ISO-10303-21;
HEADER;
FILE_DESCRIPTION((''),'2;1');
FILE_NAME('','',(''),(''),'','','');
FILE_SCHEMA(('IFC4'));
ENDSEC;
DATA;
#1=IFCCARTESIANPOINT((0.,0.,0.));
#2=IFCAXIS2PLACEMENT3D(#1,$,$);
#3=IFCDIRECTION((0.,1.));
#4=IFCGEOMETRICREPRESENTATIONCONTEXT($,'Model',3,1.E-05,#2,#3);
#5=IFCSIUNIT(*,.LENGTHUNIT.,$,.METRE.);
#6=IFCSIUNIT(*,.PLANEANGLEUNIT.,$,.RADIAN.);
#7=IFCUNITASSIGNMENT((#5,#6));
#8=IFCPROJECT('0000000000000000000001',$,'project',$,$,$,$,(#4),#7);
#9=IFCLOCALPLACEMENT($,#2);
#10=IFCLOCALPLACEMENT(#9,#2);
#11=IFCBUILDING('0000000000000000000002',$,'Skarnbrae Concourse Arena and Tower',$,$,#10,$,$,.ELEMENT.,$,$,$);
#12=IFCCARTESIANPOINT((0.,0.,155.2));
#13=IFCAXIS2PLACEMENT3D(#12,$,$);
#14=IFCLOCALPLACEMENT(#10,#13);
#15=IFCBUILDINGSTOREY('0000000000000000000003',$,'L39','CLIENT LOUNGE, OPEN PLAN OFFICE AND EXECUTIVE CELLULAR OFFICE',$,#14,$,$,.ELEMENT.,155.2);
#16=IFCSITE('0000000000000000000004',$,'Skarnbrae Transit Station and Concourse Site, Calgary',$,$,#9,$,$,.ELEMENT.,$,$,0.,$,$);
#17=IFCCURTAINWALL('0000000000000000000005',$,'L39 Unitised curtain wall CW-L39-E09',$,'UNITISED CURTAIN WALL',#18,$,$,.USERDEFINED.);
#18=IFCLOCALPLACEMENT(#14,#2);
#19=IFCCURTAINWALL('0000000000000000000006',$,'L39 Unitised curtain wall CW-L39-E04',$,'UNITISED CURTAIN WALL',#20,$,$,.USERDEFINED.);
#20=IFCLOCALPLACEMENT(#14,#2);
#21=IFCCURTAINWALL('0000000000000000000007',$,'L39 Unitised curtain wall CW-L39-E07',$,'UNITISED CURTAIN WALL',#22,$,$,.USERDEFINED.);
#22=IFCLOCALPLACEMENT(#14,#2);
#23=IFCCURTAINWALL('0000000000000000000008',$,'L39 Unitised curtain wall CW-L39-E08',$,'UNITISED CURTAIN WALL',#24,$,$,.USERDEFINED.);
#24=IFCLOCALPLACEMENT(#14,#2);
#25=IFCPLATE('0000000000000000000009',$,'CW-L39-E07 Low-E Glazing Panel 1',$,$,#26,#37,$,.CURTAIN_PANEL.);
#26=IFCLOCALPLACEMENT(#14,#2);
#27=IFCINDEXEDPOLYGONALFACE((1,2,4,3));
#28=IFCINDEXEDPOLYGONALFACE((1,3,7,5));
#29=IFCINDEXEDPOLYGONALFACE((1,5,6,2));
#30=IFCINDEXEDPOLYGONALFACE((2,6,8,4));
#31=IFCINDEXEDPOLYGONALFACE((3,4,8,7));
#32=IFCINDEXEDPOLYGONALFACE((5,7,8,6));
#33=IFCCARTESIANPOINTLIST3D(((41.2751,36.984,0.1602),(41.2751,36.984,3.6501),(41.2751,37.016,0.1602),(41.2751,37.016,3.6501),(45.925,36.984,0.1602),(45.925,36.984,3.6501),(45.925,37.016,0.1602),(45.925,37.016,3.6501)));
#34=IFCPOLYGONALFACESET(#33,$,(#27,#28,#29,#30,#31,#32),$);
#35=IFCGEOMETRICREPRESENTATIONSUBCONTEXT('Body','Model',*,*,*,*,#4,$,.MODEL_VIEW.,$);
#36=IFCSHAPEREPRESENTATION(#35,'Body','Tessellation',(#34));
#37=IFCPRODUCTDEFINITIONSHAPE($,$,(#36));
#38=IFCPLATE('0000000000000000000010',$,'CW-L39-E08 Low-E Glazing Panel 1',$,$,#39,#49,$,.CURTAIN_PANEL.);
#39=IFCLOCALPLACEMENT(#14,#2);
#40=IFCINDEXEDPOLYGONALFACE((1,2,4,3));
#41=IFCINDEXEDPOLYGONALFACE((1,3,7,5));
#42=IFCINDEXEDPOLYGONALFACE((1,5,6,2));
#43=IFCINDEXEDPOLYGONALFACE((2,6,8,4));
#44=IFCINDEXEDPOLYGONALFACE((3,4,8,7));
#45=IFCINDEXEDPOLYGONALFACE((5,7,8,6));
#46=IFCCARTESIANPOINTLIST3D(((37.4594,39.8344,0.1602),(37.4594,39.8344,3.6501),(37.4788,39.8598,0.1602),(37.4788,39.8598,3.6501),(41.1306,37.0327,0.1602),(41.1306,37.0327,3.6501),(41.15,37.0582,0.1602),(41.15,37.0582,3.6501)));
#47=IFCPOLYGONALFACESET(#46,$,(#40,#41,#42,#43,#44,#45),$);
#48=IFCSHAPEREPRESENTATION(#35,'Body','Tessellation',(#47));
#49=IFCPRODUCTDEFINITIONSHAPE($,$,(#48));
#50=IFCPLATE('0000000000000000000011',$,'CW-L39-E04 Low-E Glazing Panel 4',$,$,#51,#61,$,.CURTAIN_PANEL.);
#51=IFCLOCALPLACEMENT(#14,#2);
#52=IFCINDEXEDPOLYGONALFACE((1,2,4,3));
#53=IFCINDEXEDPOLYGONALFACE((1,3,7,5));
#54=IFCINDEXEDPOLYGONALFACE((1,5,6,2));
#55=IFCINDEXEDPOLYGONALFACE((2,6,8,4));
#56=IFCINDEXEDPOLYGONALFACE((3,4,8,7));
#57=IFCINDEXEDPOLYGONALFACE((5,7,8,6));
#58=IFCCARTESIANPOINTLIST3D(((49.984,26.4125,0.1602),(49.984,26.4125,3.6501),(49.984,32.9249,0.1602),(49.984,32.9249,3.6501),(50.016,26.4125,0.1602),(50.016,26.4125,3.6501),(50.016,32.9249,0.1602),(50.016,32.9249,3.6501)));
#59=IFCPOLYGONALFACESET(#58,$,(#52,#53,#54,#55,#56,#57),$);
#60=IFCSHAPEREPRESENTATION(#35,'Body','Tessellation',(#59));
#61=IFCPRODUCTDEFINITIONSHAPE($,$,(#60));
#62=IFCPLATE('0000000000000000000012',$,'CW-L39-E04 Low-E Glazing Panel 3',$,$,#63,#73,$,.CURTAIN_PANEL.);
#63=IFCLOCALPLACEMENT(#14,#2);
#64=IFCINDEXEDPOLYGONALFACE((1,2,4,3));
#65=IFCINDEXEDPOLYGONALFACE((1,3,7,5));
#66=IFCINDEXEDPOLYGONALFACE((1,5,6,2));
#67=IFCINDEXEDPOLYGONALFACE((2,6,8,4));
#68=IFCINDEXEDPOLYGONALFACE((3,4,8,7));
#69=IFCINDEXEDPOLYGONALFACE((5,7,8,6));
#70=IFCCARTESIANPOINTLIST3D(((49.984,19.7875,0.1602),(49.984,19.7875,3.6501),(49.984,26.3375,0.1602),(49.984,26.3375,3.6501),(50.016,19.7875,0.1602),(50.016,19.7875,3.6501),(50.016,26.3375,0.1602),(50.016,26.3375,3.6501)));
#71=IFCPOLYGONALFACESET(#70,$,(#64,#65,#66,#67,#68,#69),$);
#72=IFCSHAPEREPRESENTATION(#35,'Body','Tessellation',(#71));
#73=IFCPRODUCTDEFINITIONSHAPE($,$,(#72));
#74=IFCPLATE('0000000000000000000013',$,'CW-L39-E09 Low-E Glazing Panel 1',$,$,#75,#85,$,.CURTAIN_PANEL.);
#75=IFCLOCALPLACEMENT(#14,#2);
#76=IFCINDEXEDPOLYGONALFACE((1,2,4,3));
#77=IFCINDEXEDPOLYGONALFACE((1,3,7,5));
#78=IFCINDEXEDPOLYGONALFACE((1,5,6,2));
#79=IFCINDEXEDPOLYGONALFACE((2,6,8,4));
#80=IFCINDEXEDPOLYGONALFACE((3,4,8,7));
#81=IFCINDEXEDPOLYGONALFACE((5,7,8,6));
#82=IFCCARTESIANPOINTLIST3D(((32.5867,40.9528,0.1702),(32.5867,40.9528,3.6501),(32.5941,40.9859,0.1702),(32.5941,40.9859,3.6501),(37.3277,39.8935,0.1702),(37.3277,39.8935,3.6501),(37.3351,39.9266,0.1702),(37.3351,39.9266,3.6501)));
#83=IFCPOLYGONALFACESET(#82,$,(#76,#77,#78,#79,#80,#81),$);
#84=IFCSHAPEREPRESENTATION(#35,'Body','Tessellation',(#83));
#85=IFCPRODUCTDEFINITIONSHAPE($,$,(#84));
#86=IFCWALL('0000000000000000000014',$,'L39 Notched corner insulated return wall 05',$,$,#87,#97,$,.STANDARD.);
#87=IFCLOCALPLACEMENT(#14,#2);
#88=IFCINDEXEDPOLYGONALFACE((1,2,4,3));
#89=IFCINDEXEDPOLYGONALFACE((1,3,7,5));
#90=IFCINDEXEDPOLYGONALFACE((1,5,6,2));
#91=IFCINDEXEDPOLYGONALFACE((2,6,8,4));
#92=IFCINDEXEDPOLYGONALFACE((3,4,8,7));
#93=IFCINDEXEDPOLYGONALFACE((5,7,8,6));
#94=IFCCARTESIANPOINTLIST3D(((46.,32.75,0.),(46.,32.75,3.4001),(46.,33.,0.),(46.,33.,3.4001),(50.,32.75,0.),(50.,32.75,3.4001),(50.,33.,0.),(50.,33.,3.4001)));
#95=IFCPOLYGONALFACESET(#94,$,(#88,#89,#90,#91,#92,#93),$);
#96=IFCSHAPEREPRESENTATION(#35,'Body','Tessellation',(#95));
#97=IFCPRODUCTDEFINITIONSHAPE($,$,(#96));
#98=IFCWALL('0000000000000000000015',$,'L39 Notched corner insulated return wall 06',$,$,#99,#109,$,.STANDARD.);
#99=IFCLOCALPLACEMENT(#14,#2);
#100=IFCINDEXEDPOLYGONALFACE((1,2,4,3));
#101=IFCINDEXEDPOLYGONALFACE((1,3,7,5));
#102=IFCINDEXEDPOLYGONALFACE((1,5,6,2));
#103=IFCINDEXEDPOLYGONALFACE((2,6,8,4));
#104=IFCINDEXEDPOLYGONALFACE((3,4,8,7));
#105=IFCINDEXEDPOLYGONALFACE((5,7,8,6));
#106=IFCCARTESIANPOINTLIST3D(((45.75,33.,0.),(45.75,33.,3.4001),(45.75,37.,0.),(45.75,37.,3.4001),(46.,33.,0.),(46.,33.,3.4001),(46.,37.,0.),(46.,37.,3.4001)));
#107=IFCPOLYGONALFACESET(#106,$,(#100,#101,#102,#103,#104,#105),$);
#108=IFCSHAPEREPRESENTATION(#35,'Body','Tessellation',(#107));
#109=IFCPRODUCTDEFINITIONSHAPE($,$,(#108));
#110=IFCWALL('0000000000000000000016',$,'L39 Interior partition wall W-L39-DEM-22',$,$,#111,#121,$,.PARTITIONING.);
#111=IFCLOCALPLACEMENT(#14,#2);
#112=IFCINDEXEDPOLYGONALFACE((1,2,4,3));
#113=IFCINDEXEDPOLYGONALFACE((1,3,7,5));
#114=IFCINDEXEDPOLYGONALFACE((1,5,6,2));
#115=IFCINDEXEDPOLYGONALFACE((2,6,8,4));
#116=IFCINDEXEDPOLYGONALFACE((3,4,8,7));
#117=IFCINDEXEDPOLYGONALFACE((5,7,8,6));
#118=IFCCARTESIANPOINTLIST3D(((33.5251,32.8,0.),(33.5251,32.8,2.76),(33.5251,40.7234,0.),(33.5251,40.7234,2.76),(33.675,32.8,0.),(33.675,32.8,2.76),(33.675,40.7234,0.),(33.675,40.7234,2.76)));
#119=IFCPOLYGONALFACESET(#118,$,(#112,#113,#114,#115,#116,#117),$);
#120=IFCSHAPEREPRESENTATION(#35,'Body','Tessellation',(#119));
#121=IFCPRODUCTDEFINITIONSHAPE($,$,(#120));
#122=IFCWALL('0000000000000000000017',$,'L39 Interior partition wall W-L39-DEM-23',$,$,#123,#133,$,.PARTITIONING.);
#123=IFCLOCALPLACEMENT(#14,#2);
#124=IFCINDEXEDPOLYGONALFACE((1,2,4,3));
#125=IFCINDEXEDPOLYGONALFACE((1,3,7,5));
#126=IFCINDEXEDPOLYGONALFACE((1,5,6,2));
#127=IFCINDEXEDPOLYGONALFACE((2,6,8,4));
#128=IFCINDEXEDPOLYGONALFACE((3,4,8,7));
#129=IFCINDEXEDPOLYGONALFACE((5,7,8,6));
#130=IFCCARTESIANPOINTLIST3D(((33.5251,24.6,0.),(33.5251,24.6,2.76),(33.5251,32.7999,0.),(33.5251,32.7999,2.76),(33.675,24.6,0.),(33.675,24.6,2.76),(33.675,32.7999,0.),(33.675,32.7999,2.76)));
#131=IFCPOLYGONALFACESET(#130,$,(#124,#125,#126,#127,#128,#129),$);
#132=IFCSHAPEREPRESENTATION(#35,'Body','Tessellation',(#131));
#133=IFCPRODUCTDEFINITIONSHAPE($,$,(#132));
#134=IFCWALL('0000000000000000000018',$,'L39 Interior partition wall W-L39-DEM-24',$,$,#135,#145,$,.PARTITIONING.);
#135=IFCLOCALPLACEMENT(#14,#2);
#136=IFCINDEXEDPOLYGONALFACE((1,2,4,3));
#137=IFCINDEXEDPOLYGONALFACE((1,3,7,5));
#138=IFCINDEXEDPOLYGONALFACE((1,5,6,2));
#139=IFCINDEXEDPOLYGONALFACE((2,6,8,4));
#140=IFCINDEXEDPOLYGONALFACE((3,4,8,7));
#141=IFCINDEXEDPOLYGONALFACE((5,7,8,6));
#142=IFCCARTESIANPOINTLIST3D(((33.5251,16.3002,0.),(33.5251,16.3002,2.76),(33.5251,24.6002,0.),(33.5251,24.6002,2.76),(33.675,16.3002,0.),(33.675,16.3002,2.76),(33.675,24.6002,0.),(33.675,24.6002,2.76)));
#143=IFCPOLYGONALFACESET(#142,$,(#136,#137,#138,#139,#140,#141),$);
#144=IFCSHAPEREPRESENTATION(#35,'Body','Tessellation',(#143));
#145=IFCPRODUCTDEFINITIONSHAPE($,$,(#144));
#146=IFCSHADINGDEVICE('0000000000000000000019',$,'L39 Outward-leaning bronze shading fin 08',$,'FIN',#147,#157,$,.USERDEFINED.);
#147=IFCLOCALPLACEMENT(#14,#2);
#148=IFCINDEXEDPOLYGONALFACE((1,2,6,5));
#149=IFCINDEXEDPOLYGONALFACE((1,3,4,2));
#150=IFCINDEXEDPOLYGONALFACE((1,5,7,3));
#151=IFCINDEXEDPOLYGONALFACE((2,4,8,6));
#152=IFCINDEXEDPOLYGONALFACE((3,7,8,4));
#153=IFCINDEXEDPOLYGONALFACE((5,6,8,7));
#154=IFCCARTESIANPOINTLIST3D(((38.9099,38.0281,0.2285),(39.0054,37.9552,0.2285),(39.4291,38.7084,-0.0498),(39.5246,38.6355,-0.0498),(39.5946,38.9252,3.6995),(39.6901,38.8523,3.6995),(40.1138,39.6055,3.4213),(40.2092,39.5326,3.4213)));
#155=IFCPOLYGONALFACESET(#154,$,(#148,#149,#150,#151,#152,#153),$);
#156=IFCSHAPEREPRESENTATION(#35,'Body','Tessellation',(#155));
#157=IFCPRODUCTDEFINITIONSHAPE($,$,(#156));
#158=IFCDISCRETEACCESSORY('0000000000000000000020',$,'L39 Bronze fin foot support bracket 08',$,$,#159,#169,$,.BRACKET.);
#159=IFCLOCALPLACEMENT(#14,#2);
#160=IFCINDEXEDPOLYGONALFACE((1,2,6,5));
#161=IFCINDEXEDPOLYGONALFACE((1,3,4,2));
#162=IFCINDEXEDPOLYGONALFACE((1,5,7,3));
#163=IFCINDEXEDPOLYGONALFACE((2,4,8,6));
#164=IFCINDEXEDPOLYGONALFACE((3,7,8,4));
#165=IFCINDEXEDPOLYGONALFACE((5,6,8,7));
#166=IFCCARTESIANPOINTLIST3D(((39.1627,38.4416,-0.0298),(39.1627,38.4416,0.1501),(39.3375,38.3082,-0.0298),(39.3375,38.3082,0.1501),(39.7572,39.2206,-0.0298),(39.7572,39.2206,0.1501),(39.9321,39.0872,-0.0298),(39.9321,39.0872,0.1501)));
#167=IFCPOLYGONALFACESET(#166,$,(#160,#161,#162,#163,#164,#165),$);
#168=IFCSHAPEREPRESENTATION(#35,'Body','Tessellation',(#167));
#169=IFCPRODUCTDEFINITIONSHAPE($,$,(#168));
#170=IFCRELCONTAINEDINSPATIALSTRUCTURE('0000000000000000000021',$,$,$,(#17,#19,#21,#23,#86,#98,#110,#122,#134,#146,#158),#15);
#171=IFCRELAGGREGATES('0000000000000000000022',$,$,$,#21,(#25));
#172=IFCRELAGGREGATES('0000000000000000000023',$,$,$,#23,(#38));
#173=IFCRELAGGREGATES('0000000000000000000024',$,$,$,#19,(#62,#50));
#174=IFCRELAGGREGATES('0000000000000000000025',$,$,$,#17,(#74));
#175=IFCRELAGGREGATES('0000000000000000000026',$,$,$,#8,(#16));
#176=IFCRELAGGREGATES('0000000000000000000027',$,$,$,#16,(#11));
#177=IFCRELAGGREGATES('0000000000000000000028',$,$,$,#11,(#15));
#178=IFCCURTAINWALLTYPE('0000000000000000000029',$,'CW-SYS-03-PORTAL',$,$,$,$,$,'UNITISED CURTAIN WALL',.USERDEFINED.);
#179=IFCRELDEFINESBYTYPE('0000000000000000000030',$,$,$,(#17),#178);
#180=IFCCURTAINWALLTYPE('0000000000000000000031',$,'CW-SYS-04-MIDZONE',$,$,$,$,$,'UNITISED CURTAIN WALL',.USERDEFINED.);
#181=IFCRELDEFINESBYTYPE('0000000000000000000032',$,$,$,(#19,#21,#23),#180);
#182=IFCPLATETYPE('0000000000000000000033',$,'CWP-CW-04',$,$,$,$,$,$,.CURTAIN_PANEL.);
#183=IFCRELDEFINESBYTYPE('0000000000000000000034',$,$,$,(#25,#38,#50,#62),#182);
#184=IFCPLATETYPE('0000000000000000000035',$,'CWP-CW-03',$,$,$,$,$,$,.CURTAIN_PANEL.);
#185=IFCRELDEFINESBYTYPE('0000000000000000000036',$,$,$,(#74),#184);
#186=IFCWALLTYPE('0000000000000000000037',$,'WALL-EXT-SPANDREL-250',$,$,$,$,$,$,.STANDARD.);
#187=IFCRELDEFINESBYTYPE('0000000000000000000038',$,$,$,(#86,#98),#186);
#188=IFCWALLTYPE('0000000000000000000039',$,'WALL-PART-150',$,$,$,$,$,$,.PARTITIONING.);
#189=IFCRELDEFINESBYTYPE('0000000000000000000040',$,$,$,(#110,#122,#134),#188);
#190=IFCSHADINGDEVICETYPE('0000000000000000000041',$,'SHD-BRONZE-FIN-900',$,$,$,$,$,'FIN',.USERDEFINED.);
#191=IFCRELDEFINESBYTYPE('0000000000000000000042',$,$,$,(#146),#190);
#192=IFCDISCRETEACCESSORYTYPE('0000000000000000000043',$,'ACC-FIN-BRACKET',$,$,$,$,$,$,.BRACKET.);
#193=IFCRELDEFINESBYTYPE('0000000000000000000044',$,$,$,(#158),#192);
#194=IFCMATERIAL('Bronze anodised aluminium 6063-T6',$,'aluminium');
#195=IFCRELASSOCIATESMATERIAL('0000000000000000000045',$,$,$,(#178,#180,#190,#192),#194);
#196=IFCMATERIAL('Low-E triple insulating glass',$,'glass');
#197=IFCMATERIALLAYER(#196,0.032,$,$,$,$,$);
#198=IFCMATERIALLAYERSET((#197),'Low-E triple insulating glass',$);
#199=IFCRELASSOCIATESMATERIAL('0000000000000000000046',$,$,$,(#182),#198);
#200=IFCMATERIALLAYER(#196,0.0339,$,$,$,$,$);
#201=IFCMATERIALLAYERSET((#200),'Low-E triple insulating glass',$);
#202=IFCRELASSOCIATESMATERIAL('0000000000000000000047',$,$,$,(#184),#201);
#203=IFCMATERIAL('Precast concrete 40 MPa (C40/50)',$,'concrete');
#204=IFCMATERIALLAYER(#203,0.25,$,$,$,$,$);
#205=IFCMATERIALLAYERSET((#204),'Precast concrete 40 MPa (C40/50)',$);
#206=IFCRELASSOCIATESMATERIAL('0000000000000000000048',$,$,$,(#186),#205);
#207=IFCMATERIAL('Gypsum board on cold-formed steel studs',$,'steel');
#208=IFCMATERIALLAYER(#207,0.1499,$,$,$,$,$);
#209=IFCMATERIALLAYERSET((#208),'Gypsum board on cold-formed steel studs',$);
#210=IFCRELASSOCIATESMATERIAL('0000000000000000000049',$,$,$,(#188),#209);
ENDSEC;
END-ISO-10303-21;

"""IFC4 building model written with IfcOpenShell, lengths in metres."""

from ifc_helpers import new_model, si_unit, direction, frame, frame_2d, origin, origin_2d, place, context, subcontext, project, spatial, rectangle, extrude, source, transform, mapped, material, layer, layer_set, type_object, element, aggregate, save


model = new_model("IFC4")

# Units and contexts
model_context = context("Model", 3, precision=1e-05, world=origin(), true_north=direction((0.0, 1.0)))
body_context = subcontext(model_context, "Body", "Model", "MODEL_VIEW")
ifc_project = project(units=[si_unit("LENGTHUNIT", "METRE"), si_unit("PLANEANGLEUNIT", "RADIAN")], contexts=[model_context])

# Site, building, storey
site_placement = place(None, origin())
site = spatial("IfcSite", under=ifc_project, at=site_placement, Name="Skarnbrae Transit Station and Concourse Site, Calgary", CompositionType="ELEMENT", RefElevation=0.0)
building_placement = place(site_placement, origin())
building = spatial("IfcBuilding", under=site, at=building_placement, Name="Skarnbrae Concourse Arena and Tower", CompositionType="ELEMENT")
storey_placement = place(building_placement, frame((0.0, 0.0, 155.2)))
storey = spatial("IfcBuildingStorey", under=building, at=storey_placement, Name="L39", Description="CLIENT LOUNGE, OPEN PLAN OFFICE AND EXECUTIVE CELLULAR OFFICE", CompositionType="ELEMENT", Elevation=155.2)

# Curtain wall
ifc_material_1 = material(Name="Bronze anodised aluminium 6063-T6", Category="aluminium")
curtain_wall_type_1 = type_object("IfcCurtainWallType", Name="CW-SYS-03-PORTAL", ElementType="UNITISED CURTAIN WALL", PredefinedType="USERDEFINED", material=ifc_material_1)
curtain_wall_1_placement = place(storey_placement, origin())
curtain_wall_1 = element("IfcCurtainWall", 1, at=curtain_wall_1_placement, inside=storey, type_object=curtain_wall_type_1, Name="L39 Unitised curtain wall CW-L39-E09", ObjectType="UNITISED CURTAIN WALL", PredefinedType="USERDEFINED")

# Curtain walls
curtain_wall_type_2 = type_object("IfcCurtainWallType", Name="CW-SYS-04-MIDZONE", ElementType="UNITISED CURTAIN WALL", PredefinedType="USERDEFINED", material=ifc_material_1)
curtain_wall_2_placement = place(storey_placement, origin())
curtain_wall_2 = element("IfcCurtainWall", 2, at=curtain_wall_2_placement, inside=storey, type_object=curtain_wall_type_2, Name="L39 Unitised curtain wall CW-L39-E04", ObjectType="UNITISED CURTAIN WALL", PredefinedType="USERDEFINED")
curtain_wall_3_placement = place(storey_placement, origin())
curtain_wall_3 = element("IfcCurtainWall", 3, at=curtain_wall_3_placement, inside=storey, type_object=curtain_wall_type_2, Name="L39 Unitised curtain wall CW-L39-E07", ObjectType="UNITISED CURTAIN WALL", PredefinedType="USERDEFINED")
curtain_wall_4_placement = place(storey_placement, origin())
curtain_wall_4 = element("IfcCurtainWall", 4, at=curtain_wall_4_placement, inside=storey, type_object=curtain_wall_type_2, Name="L39 Unitised curtain wall CW-L39-E08", ObjectType="UNITISED CURTAIN WALL", PredefinedType="USERDEFINED")

# Plates
ifc_material_2 = material(Name="Low-E triple insulating glass", Category="glass")
ifc_layer_1 = layer(ifc_material_2, 0.032)
ifc_layer_set_1 = layer_set([ifc_layer_1], Name="Low-E triple insulating glass")
plate_type_1 = type_object("IfcPlateType", Name="CWP-CW-04", PredefinedType="CURTAIN_PANEL", material=ifc_layer_set_1)
shared_shape_1 = source(origin(), body_context, "Body", "SweptSolid", [
    extrude(rectangle(XDim=4.6499, YDim=0.032, at=origin_2d()), origin(), (0.0, 0.0, 1.0), 3.49),
])
plate_1_placement = place(storey_placement, frame((43.6001, 37.0, 0.1602), z_axis=(0.0, 0.0, 1.0), x_axis=(-1.0, 0.0, 0.0)))
plate_1 = element("IfcPlate", 5, at=plate_1_placement, type_object=plate_type_1, Name="CW-L39-E07 Low-E Glazing Panel 1", PredefinedType="CURTAIN_PANEL", context=body_context, shape_type="MappedRepresentation", body=[
    mapped(shared_shape_1, transform((0.0, 0.0, 0.0))),
])
aggregate(curtain_wall_3, [plate_1])
shared_shape_2 = source(origin(), body_context, "Body", "SweptSolid", [
    extrude(rectangle(XDim=4.6182, YDim=0.032, at=origin_2d()), origin(), (0.0, 0.0, 1.0), 3.49),
])
plate_2_placement = place(storey_placement, frame((39.3047, 38.4463, 0.1602), z_axis=(0.0, 0.0, 1.0), x_axis=(-0.794956, 0.606667, 0.0)))
plate_2 = element("IfcPlate", 6, at=plate_2_placement, type_object=plate_type_1, Name="CW-L39-E08 Low-E Glazing Panel 1", PredefinedType="CURTAIN_PANEL", context=body_context, shape_type="MappedRepresentation", body=[
    mapped(shared_shape_2, transform((0.0, 0.0, 0.0))),
])
aggregate(curtain_wall_4, [plate_2])
shared_shape_3 = source(origin(), body_context, "Body", "SweptSolid", [
    extrude(rectangle(XDim=6.5125, YDim=0.032, at=origin_2d()), origin(), (0.0, 0.0, 1.0), 3.49),
])
plate_3_placement = place(storey_placement, frame((50.0, 29.6687, 0.1602), z_axis=(0.0, 0.0, 1.0), x_axis=(0.0, 1.0, 0.0)))
plate_3 = element("IfcPlate", 7, at=plate_3_placement, type_object=plate_type_1, Name="CW-L39-E04 Low-E Glazing Panel 4", PredefinedType="CURTAIN_PANEL", context=body_context, shape_type="MappedRepresentation", body=[
    mapped(shared_shape_3, transform((0.0, 0.0, 0.0))),
])
shared_shape_4 = source(origin(), body_context, "Body", "SweptSolid", [
    extrude(rectangle(XDim=6.55, YDim=0.032, at=origin_2d()), origin(), (0.0, 0.0, 1.0), 3.49),
])
plate_4_placement = place(storey_placement, frame((50.0, 23.0625, 0.1602), z_axis=(0.0, 0.0, 1.0), x_axis=(0.0, 1.0, 0.0)))
plate_4 = element("IfcPlate", 8, at=plate_4_placement, type_object=plate_type_1, Name="CW-L39-E04 Low-E Glazing Panel 3", PredefinedType="CURTAIN_PANEL", context=body_context, shape_type="MappedRepresentation", body=[
    mapped(shared_shape_4, transform((0.0, 0.0, 0.0))),
])
aggregate(curtain_wall_2, [plate_4, plate_3])
ifc_layer_2 = layer(ifc_material_2, 0.0339)
ifc_layer_set_2 = layer_set([ifc_layer_2], Name="Low-E triple insulating glass")
plate_type_2 = type_object("IfcPlateType", Name="CWP-CW-03", PredefinedType="CURTAIN_PANEL", material=ifc_layer_set_2)
shared_shape_5 = source(origin(), body_context, "Body", "SweptSolid", [
    extrude(rectangle(XDim=4.8579, YDim=0.0339, at=origin_2d()), origin(), (0.0, 0.0, 1.0), 3.48),
])
plate_5_placement = place(storey_placement, frame((34.9609, 40.4397, 0.1702), z_axis=(0.0, 0.0, 1.0), x_axis=(-0.975936, 0.218056, 0.0)))
plate_5 = element("IfcPlate", 9, at=plate_5_placement, type_object=plate_type_2, Name="CW-L39-E09 Low-E Glazing Panel 1", PredefinedType="CURTAIN_PANEL", context=body_context, shape_type="MappedRepresentation", body=[
    mapped(shared_shape_5, transform((0.0, 0.0, 0.0))),
])
aggregate(curtain_wall_1, [plate_5])

# Walls
ifc_material_3 = material(Name="Precast concrete 40 MPa (C40/50)", Category="concrete")
ifc_layer_3 = layer(ifc_material_3, 0.25)
ifc_layer_set_3 = layer_set([ifc_layer_3], Name="Precast concrete 40 MPa (C40/50)")
wall_type_1 = type_object("IfcWallType", Name="WALL-EXT-SPANDREL-250", PredefinedType="STANDARD", material=ifc_layer_set_3)
shared_shape_6 = source(origin(), body_context, "Body", "SweptSolid", [
    extrude(rectangle(XDim=4.0, YDim=0.25, at=frame_2d((2.0, 0.0))), origin(), (0.0, 0.0, 1.0), 3.4001),
])
for number, where, z_axis, x_axis, name in (
    (10, (50.0, 32.875, 0.0), (0.0, 0.0, 1.0), (-1.0, 0.0, 0.0), "L39 Notched corner insulated return wall 05"),
    (11, (45.875, 33.0, 0.0), (0.0, 0.0, 1.0), (0.0, 1.0, 0.0), "L39 Notched corner insulated return wall 06"),
):
    element("IfcWall", number, at=place(storey_placement, frame(where, z_axis=z_axis, x_axis=x_axis)), inside=storey, type_object=wall_type_1, Name=name, PredefinedType="STANDARD", context=body_context, shape_type="MappedRepresentation", body=[
        mapped(shared_shape_6, transform((0.0, 0.0, 0.0))),
    ])
ifc_material_4 = material(Name="Gypsum board on cold-formed steel studs", Category="steel")
ifc_layer_4 = layer(ifc_material_4, 0.1499)
ifc_layer_set_4 = layer_set([ifc_layer_4], Name="Gypsum board on cold-formed steel studs")
wall_type_2 = type_object("IfcWallType", Name="WALL-PART-150", PredefinedType="PARTITIONING", material=ifc_layer_set_4)
shared_shape_7 = source(origin(), body_context, "Body", "SweptSolid", [
    extrude(rectangle(XDim=7.9233, YDim=0.1499, at=frame_2d((3.9617, 0.0))), origin(), (0.0, 0.0, 1.0), 2.76),
])
wall_1_placement = place(storey_placement, frame((33.6001, 40.7234, 0.0), z_axis=(0.0, 0.0, 1.0), x_axis=(0.0, -1.0, 0.0)))
element("IfcWall", 12, at=wall_1_placement, inside=storey, type_object=wall_type_2, Name="L39 Interior partition wall W-L39-DEM-22", PredefinedType="PARTITIONING", context=body_context, shape_type="MappedRepresentation", body=[
    mapped(shared_shape_7, transform((0.0, 0.0, 0.0))),
])
shared_shape_8 = source(origin(), body_context, "Body", "SweptSolid", [
    extrude(rectangle(XDim=8.2, YDim=0.1499, at=frame_2d((4.1001, 0.0))), origin(), (0.0, 0.0, 1.0), 2.76),
])
wall_2_placement = place(storey_placement, frame((33.6001, 32.8, 0.0), z_axis=(0.0, 0.0, 1.0), x_axis=(0.0, -1.0, 0.0)))
element("IfcWall", 13, at=wall_2_placement, inside=storey, type_object=wall_type_2, Name="L39 Interior partition wall W-L39-DEM-23", PredefinedType="PARTITIONING", context=body_context, shape_type="MappedRepresentation", body=[
    mapped(shared_shape_8, transform((0.0, 0.0, 0.0))),
])
shared_shape_9 = source(origin(), body_context, "Body", "SweptSolid", [
    extrude(rectangle(XDim=8.3, YDim=0.1499, at=frame_2d((4.1499, 0.0))), origin(), (0.0, 0.0, 1.0), 2.76),
])
wall_3_placement = place(storey_placement, frame((33.6001, 24.6001, 0.0), z_axis=(0.0, 0.0, 1.0), x_axis=(0.0, -1.0, 0.0)))
element("IfcWall", 14, at=wall_3_placement, inside=storey, type_object=wall_type_2, Name="L39 Interior partition wall W-L39-DEM-24", PredefinedType="PARTITIONING", context=body_context, shape_type="MappedRepresentation", body=[
    mapped(shared_shape_9, transform((0.0, 0.0, 0.0))),
])

# Shading device
shading_device_type = type_object("IfcShadingDeviceType", Name="SHD-BRONZE-FIN-900", ElementType="FIN", PredefinedType="USERDEFINED", material=ifc_material_1)
shared_shape_10 = source(origin(), body_context, "Body", "SweptSolid", [
    extrude(rectangle(XDim=0.1201, YDim=0.8999, at=origin_2d()), origin(), (0.0, 0.0, 1.0), 3.6499),
])
shading_device_placement = place(storey_placement, frame((39.2173, 38.3318, 0.0894), z_axis=(0.187572, 0.245787, 0.951003), x_axis=(0.794955, -0.606668, 0.0)))
element("IfcShadingDevice", 15, at=shading_device_placement, inside=storey, type_object=shading_device_type, Name="L39 Outward-leaning bronze shading fin 08", ObjectType="FIN", PredefinedType="USERDEFINED", context=body_context, shape_type="MappedRepresentation", body=[
    mapped(shared_shape_10, transform((0.0, 0.0, 0.0))),
])

# Discrete accessory
discrete_accessory_type = type_object("IfcDiscreteAccessoryType", Name="ACC-FIN-BRACKET", PredefinedType="BRACKET", material=ifc_material_1)
shared_shape_11 = source(origin(), body_context, "Body", "SweptSolid", [
    extrude(rectangle(XDim=0.22, YDim=0.98, at=origin_2d()), origin(), (0.0, 0.0, 1.0), 0.1799),
])
discrete_accessory_placement = place(storey_placement, frame((39.5474, 38.7644, -0.0298), z_axis=(0.0, 0.0, 1.0), x_axis=(0.794955, -0.606668, 0.0)))
element("IfcDiscreteAccessory", 16, at=discrete_accessory_placement, inside=storey, type_object=discrete_accessory_type, Name="L39 Bronze fin foot support bracket 08", PredefinedType="BRACKET", context=body_context, shape_type="MappedRepresentation", body=[
    mapped(shared_shape_11, transform((0.0, 0.0, 0.0))),
])

save(model, "model.ifc")
